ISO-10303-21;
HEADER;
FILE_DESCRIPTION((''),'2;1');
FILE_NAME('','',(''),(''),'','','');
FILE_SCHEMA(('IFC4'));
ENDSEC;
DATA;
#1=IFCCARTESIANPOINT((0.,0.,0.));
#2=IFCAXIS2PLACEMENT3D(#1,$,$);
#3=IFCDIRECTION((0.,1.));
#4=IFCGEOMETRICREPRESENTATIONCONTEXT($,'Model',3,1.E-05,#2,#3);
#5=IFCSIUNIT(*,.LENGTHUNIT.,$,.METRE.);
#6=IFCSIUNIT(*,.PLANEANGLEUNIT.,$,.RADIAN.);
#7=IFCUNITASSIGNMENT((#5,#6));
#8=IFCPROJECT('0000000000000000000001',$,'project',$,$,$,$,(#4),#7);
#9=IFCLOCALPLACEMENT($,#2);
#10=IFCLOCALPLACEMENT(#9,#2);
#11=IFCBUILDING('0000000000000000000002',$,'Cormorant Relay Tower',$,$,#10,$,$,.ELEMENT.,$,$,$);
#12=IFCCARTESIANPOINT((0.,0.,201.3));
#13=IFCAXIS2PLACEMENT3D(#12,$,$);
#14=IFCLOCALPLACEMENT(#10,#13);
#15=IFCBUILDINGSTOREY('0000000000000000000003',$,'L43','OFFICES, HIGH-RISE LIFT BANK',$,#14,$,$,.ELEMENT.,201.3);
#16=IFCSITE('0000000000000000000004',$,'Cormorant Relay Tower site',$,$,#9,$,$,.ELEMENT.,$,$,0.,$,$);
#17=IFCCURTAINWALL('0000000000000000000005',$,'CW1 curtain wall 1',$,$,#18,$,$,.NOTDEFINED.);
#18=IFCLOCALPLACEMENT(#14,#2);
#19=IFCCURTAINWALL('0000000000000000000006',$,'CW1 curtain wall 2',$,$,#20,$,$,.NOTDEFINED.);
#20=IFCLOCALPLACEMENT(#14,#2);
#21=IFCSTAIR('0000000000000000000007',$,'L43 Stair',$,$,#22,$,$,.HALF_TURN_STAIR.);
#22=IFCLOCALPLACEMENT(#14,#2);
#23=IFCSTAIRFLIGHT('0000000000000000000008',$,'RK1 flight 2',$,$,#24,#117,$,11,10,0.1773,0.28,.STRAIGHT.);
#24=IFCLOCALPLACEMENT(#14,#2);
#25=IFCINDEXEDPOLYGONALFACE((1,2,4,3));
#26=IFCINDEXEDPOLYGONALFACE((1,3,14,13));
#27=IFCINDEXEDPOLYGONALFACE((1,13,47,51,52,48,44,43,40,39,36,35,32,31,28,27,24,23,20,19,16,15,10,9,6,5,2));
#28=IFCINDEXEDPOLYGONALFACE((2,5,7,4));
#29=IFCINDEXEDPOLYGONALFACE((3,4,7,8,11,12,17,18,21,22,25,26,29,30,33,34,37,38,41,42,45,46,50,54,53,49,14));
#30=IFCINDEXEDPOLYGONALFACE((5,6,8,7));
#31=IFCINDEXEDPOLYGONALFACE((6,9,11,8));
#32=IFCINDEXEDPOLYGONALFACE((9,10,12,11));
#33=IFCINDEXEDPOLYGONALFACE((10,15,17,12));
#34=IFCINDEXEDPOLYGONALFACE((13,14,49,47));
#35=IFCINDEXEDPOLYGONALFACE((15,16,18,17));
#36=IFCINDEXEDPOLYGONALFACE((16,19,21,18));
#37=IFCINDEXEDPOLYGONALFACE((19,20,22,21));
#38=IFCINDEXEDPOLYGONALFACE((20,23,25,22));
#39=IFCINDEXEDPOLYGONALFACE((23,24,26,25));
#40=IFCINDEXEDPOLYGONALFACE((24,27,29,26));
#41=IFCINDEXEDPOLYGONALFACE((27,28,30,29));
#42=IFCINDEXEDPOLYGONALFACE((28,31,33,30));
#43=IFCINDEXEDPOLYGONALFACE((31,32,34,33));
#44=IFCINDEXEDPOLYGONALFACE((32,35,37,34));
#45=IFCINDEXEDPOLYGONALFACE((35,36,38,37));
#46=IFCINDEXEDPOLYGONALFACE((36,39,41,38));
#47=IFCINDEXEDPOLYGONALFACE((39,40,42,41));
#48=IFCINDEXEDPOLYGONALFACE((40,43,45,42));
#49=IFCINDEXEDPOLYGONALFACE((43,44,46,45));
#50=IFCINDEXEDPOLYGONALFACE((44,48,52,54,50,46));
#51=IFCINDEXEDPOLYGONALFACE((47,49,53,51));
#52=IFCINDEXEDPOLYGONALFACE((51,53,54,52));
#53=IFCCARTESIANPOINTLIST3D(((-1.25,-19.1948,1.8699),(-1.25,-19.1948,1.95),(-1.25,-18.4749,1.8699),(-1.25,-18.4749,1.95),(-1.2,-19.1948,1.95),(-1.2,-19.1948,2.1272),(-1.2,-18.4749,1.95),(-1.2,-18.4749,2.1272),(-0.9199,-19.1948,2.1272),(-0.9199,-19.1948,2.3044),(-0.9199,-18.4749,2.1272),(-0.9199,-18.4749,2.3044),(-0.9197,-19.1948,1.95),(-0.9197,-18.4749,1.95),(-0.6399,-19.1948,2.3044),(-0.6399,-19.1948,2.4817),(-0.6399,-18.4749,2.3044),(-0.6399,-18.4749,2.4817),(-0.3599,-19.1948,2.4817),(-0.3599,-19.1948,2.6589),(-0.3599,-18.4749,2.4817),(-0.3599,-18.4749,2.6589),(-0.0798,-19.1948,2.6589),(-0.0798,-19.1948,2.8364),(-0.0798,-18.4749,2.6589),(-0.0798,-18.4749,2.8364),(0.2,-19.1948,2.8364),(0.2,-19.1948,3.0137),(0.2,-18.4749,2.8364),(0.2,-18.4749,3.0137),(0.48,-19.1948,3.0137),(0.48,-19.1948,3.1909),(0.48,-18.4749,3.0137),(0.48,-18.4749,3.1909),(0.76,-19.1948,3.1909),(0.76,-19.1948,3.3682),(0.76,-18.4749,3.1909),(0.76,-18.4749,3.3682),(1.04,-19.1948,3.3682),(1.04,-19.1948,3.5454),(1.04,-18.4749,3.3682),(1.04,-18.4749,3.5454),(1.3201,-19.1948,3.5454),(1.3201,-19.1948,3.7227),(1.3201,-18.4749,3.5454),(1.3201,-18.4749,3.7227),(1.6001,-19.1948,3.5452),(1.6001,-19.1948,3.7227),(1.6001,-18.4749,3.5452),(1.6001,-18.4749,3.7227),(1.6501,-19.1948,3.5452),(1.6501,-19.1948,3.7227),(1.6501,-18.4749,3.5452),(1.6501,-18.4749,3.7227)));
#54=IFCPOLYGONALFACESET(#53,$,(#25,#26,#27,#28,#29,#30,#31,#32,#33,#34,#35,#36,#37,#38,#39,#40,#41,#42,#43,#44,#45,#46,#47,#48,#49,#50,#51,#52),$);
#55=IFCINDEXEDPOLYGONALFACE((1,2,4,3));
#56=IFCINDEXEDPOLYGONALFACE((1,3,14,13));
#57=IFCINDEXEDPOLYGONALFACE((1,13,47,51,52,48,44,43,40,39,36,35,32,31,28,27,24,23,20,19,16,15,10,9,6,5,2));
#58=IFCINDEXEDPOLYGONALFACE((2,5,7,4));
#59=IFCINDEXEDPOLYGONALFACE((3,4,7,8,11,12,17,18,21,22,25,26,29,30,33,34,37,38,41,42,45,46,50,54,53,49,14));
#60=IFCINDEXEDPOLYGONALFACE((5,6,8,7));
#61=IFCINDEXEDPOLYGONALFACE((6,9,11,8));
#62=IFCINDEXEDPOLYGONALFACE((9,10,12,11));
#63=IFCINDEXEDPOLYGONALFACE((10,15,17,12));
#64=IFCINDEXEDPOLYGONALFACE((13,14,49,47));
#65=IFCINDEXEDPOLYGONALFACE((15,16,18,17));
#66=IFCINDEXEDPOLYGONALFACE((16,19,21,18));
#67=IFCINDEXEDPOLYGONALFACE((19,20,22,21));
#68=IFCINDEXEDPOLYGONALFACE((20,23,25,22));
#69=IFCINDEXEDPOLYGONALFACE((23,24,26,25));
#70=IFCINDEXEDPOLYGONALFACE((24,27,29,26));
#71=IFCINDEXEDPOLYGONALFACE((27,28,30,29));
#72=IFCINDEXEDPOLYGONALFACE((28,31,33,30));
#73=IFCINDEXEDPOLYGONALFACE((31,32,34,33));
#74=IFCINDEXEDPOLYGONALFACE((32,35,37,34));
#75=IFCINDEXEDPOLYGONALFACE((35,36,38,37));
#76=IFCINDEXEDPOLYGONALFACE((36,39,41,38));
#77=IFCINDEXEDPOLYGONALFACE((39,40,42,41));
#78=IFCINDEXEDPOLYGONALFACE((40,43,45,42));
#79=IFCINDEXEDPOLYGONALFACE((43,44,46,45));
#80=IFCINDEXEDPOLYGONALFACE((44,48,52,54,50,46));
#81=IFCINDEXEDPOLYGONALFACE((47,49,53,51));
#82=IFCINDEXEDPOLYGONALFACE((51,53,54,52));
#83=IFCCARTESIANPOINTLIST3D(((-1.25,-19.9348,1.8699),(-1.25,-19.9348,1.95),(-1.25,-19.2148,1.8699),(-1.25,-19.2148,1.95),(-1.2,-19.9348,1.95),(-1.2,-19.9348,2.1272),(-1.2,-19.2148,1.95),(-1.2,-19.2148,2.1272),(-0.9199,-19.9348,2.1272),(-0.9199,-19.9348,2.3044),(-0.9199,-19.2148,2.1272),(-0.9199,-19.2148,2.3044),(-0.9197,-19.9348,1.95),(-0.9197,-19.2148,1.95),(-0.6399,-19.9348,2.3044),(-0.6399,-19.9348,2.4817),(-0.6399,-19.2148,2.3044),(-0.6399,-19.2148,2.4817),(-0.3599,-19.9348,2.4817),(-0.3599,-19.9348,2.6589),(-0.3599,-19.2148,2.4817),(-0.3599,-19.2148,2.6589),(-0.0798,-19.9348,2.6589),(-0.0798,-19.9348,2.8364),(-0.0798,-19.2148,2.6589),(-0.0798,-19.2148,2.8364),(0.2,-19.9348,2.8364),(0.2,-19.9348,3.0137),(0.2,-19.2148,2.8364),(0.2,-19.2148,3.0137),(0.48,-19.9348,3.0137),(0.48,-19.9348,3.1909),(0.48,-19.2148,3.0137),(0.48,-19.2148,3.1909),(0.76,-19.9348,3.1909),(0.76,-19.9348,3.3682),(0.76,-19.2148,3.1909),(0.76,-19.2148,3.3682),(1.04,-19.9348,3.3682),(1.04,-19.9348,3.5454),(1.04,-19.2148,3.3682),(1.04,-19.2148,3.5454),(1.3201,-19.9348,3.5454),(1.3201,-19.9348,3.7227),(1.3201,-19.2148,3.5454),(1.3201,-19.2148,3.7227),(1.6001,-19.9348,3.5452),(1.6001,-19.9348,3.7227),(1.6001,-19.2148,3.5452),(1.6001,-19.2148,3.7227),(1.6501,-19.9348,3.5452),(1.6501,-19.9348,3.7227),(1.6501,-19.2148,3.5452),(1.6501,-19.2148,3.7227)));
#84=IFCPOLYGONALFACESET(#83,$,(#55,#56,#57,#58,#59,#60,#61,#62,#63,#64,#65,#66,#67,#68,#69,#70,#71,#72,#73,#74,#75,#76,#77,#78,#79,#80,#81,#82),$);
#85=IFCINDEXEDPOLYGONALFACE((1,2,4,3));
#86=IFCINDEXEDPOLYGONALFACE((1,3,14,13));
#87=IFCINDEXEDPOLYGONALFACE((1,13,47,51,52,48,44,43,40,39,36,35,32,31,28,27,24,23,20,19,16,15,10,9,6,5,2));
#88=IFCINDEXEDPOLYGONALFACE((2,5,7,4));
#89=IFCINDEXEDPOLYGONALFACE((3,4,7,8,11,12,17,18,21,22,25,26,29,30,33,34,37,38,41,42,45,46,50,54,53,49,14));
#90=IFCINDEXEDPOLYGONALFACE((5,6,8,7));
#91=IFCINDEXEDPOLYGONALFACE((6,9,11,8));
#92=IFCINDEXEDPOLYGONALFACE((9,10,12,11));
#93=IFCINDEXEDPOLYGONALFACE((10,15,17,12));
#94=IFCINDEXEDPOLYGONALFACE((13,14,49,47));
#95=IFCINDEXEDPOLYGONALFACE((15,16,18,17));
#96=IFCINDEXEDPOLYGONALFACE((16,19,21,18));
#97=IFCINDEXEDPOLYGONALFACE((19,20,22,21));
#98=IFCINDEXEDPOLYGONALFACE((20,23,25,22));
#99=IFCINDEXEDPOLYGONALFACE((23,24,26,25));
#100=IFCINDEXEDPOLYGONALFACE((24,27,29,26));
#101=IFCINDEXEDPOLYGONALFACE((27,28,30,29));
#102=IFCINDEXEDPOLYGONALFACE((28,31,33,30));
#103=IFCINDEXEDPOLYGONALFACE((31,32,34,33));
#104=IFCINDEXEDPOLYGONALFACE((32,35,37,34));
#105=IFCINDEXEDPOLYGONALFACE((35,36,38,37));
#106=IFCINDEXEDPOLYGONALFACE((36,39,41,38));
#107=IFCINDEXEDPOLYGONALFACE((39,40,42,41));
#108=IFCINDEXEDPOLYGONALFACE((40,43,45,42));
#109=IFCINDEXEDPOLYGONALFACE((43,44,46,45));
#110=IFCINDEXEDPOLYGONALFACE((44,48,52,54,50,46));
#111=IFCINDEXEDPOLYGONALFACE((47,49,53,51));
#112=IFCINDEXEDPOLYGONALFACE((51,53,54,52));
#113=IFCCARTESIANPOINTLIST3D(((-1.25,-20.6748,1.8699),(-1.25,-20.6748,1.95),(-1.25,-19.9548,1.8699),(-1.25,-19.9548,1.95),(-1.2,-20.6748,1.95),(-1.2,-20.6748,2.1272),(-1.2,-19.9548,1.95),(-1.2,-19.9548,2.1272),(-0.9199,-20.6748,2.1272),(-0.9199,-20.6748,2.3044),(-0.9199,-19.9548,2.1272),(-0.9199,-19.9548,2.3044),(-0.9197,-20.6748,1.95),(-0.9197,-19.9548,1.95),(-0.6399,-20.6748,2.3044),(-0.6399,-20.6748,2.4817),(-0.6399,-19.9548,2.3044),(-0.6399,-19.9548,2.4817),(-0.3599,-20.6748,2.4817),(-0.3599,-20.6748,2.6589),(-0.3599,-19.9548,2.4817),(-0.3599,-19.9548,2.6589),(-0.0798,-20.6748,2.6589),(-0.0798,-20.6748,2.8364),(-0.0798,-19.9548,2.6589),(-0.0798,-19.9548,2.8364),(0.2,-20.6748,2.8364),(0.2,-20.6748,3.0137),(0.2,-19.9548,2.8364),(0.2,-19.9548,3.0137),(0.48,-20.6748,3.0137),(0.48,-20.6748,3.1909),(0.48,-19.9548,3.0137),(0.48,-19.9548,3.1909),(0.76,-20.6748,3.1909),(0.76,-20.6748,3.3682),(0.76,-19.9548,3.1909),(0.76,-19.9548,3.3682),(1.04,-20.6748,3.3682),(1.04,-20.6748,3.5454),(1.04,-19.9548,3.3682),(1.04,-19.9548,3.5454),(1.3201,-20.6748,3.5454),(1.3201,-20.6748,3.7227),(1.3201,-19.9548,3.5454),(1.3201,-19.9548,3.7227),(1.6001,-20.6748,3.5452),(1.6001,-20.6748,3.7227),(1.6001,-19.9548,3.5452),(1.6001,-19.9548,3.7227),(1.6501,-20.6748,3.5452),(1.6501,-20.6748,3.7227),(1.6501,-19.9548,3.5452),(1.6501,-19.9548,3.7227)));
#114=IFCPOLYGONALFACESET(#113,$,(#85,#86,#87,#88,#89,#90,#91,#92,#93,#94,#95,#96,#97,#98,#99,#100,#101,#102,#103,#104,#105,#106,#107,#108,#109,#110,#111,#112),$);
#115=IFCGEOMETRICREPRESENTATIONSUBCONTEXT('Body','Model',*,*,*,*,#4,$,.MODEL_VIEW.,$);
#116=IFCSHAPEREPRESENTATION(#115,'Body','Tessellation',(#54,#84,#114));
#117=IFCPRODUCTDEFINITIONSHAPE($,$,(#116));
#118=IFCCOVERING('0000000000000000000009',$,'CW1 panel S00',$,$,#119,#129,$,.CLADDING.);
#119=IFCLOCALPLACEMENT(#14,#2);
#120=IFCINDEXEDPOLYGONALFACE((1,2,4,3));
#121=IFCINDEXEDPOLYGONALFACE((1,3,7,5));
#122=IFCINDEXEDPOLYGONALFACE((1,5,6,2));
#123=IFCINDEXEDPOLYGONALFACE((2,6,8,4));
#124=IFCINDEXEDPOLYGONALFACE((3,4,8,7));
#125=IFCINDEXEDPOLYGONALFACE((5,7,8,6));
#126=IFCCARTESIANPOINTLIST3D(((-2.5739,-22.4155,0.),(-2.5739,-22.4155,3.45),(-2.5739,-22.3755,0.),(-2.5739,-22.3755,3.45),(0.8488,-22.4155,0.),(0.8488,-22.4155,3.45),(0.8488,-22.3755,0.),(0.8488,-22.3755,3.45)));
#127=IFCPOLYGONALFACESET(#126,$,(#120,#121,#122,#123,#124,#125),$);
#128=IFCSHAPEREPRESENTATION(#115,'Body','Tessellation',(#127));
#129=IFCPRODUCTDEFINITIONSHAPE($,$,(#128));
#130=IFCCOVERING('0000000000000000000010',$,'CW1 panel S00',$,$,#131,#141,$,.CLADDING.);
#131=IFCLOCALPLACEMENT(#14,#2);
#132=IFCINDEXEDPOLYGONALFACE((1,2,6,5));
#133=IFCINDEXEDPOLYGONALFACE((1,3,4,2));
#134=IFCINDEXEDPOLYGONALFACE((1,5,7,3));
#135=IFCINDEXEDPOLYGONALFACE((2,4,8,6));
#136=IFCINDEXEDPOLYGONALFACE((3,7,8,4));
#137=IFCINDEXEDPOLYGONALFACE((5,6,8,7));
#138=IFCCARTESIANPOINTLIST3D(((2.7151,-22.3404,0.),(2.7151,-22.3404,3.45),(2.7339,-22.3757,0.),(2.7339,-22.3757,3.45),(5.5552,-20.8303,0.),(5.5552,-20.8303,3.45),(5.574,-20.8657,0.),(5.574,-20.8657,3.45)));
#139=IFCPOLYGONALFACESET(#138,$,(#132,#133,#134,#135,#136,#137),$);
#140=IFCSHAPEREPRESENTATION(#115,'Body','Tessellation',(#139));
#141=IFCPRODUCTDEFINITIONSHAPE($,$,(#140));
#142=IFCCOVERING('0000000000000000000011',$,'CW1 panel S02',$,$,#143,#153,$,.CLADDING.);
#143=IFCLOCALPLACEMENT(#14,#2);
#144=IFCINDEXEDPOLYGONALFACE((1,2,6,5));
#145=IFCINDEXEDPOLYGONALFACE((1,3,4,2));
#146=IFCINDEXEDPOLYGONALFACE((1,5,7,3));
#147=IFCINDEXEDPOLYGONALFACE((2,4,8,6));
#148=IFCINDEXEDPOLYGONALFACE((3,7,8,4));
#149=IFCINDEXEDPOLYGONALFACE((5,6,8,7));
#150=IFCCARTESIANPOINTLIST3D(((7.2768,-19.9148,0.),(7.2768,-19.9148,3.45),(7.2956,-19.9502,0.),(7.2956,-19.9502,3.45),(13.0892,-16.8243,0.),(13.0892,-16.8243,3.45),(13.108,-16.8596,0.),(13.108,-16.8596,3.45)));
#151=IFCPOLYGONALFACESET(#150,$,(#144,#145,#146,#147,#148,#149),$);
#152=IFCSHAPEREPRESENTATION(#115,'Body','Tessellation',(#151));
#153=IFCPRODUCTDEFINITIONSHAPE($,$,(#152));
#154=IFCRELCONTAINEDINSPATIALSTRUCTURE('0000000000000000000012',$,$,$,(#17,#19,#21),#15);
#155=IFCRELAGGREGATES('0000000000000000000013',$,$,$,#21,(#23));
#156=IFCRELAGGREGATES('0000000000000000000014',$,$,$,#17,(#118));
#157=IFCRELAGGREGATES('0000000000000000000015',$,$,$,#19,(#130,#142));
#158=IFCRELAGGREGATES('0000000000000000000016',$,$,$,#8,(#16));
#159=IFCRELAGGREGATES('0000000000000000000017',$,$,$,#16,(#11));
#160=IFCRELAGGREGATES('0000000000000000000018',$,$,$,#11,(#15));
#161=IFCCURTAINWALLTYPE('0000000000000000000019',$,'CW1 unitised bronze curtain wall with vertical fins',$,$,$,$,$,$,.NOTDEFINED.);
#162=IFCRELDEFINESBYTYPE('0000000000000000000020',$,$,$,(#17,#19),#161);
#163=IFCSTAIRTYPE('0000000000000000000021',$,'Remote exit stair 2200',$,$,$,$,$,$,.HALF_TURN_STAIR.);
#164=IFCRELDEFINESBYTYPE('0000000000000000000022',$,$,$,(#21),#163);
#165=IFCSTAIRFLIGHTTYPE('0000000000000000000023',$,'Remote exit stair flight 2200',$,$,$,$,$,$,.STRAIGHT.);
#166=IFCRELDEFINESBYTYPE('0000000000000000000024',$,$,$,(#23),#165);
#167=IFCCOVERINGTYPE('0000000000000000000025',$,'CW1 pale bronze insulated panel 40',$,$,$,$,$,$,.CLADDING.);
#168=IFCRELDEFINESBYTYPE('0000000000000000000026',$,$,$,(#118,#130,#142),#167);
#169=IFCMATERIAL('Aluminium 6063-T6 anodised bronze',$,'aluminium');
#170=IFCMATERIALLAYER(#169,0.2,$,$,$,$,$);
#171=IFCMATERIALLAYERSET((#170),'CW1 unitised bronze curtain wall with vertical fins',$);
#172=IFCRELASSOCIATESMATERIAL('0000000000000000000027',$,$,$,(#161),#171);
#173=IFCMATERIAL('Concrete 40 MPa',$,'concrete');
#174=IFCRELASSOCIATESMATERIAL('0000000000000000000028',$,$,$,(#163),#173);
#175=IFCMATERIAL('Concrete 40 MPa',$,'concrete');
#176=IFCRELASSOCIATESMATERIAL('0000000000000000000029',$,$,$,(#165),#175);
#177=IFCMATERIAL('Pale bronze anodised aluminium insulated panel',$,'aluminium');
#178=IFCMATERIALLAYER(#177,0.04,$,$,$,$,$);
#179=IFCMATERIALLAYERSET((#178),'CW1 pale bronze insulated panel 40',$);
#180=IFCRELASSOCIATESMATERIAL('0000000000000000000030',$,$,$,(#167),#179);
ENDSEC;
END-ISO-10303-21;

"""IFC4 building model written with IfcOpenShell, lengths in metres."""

from ifc_helpers import new_model, si_unit, direction, frame, origin, origin_2d, place, context, subcontext, project, spatial, polyline, rectangle, outline, extrude, material, layer, layer_set, type_object, element, aggregate, save


model = new_model("IFC4")

# Units and contexts
model_context = context("Model", 3, precision=1e-05, world=origin(), true_north=direction((0.0, 1.0)))
body_context = subcontext(model_context, "Body", "Model", "MODEL_VIEW")
ifc_project = project(units=[si_unit("LENGTHUNIT", "METRE"), si_unit("PLANEANGLEUNIT", "RADIAN")], contexts=[model_context])

# Site, building, storey
site_placement = place(None, origin())
site = spatial("IfcSite", under=ifc_project, at=site_placement, Name="Cormorant Relay Tower site", CompositionType="ELEMENT", RefElevation=0.0)
building_placement = place(site_placement, origin())
building = spatial("IfcBuilding", under=site, at=building_placement, Name="Cormorant Relay Tower", CompositionType="ELEMENT")
storey_placement = place(building_placement, frame((0.0, 0.0, 201.3)))
storey = spatial("IfcBuildingStorey", under=building, at=storey_placement, Name="L43", Description="OFFICES, HIGH-RISE LIFT BANK", CompositionType="ELEMENT", Elevation=201.3)

# Curtain wall
ifc_material_1 = material(Name="Aluminium 6063-T6 anodised bronze", Category="aluminium")
ifc_layer_1 = layer(ifc_material_1, 0.2)
ifc_layer_set_1 = layer_set([ifc_layer_1], Name="CW1 unitised bronze curtain wall with vertical fins")
curtain_wall_type = type_object("IfcCurtainWallType", Name="CW1 unitised bronze curtain wall with vertical fins", PredefinedType="NOTDEFINED", material=ifc_layer_set_1)
curtain_wall_1_placement = place(storey_placement, origin())
curtain_wall_1 = element("IfcCurtainWall", 1, at=curtain_wall_1_placement, inside=storey, type_object=curtain_wall_type, Name="CW1 curtain wall 1", PredefinedType="NOTDEFINED")

# Curtain wall
curtain_wall_2_placement = place(storey_placement, origin())
curtain_wall_2 = element("IfcCurtainWall", 2, at=curtain_wall_2_placement, inside=storey, type_object=curtain_wall_type, Name="CW1 curtain wall 2", PredefinedType="NOTDEFINED")

# Stair, stair flight
ifc_material_2 = material(Name="Concrete 40 MPa", Category="concrete")
stair_type = type_object("IfcStairType", Name="Remote exit stair 2200", PredefinedType="HALF_TURN_STAIR", material=ifc_material_2)
stair_placement = place(storey_placement, origin())
stair = element("IfcStair", 3, at=stair_placement, inside=storey, type_object=stair_type, Name="L43 Stair", PredefinedType="HALF_TURN_STAIR")
ifc_material_3 = material(Name="Concrete 40 MPa", Category="concrete")
stair_flight_type = type_object("IfcStairFlightType", Name="Remote exit stair flight 2200", PredefinedType="STRAIGHT", material=ifc_material_3)
stair_flight_1_placement = place(storey_placement, frame((-1.2, -19.575, 1.95), z_axis=(0.0, 0.0, 1.0), x_axis=(1.0, 0.0, 0.0)))
stair_flight_1 = element("IfcStairFlight", 4, at=stair_flight_1_placement, type_object=stair_flight_type, Name="RK1 flight 2", NumberOfRisers=11, NumberOfTreads=10, PredefinedType="STRAIGHT", RiserHeight=0.1773, TreadLength=0.28, context=body_context, shape_type="SweptSolid", body=[
    extrude(outline(polyline([(-0.05, -0.0801), (-0.05, 0.0), (0.0, 0.0), (0.0, 0.1772), (0.28, 0.1772), (0.28, 0.3545), (0.5601, 0.3545), (0.5601, 0.5317), (0.8401, 0.5317), (0.8401, 0.709), (1.1201, 0.709), (1.1201, 0.8865), (1.3999, 0.8865), (1.3999, 1.0637), (1.6799, 1.0637), (1.6799, 1.241), (1.96, 1.241), (1.96, 1.4182), (2.24, 1.4182), (2.24, 1.5955), (2.52, 1.5955), (2.52, 1.7727), (2.8, 1.7727), (2.8501, 1.7727), (2.8501, 1.5952), (2.8, 1.5952), (0.2803, 0.0), (-0.05, -0.0801)])), frame((0.0, 1.1001, 0.0), z_axis=(0.0, -1.0, 0.0), x_axis=(1.0, 0.0, 0.0)), (0.0, 0.0, 1.0), 0.72),
    extrude(outline(polyline([(-0.05, -0.0801), (-0.05, 0.0), (0.0, 0.0), (0.0, 0.1772), (0.28, 0.1772), (0.28, 0.3545), (0.5601, 0.3545), (0.5601, 0.5317), (0.8401, 0.5317), (0.8401, 0.709), (1.1201, 0.709), (1.1201, 0.8865), (1.3999, 0.8865), (1.3999, 1.0637), (1.6799, 1.0637), (1.6799, 1.241), (1.96, 1.241), (1.96, 1.4182), (2.24, 1.4182), (2.24, 1.5955), (2.52, 1.5955), (2.52, 1.7727), (2.8, 1.7727), (2.8501, 1.7727), (2.8501, 1.5952), (2.8, 1.5952), (0.2803, 0.0), (-0.05, -0.0801)])), frame((0.0, 0.3601, 0.0), z_axis=(0.0, -1.0, 0.0), x_axis=(1.0, 0.0, 0.0)), (0.0, 0.0, 1.0), 0.72),
    extrude(outline(polyline([(-0.05, -0.0801), (-0.05, 0.0), (0.0, 0.0), (0.0, 0.1772), (0.28, 0.1772), (0.28, 0.3545), (0.5601, 0.3545), (0.5601, 0.5317), (0.8401, 0.5317), (0.8401, 0.709), (1.1201, 0.709), (1.1201, 0.8865), (1.3999, 0.8865), (1.3999, 1.0637), (1.6799, 1.0637), (1.6799, 1.241), (1.96, 1.241), (1.96, 1.4182), (2.24, 1.4182), (2.24, 1.5955), (2.52, 1.5955), (2.52, 1.7727), (2.8, 1.7727), (2.8501, 1.7727), (2.8501, 1.5952), (2.8, 1.5952), (0.2803, 0.0), (-0.05, -0.0801)])), frame((0.0, -0.3799, 0.0), z_axis=(0.0, -1.0, 0.0), x_axis=(1.0, 0.0, 0.0)), (0.0, 0.0, 1.0), 0.72),
])
aggregate(stair, [stair_flight_1])

# Coverings
ifc_material_4 = material(Name="Pale bronze anodised aluminium insulated panel", Category="aluminium")
ifc_layer_2 = layer(ifc_material_4, 0.04)
ifc_layer_set_2 = layer_set([ifc_layer_2], Name="CW1 pale bronze insulated panel 40")
covering_type = type_object("IfcCoveringType", Name="CW1 pale bronze insulated panel 40", PredefinedType="CLADDING", material=ifc_layer_set_2)
covering_1_placement = place(storey_placement, frame((-0.8625, -22.3955, 0.0), z_axis=(0.0, 0.0, 1.0), x_axis=(1.0, 0.0, 0.0)))
covering_1 = element("IfcCovering", 5, at=covering_1_placement, type_object=covering_type, Name="CW1 panel S00", PredefinedType="CLADDING", context=body_context, shape_type="SweptSolid", body=[
    extrude(rectangle(XDim=3.4226, YDim=0.04, at=origin_2d()), origin(), (0.0, 0.0, 1.0), 3.45),
])
aggregate(curtain_wall_1, [covering_1])
covering_2_placement = place(storey_placement, frame((4.1445, -21.603, 0.0), z_axis=(0.0, 0.0, 1.0), x_axis=(0.882948, 0.469472, 0.0)))
covering_2 = element("IfcCovering", 6, at=covering_2_placement, type_object=covering_type, Name="CW1 panel S00", PredefinedType="CLADDING", context=body_context, shape_type="SweptSolid", body=[
    extrude(rectangle(XDim=3.2166, YDim=0.04, at=origin_2d()), origin(), (0.0, 0.0, 1.0), 3.45),
])
covering_3_placement = place(storey_placement, frame((10.1924, -18.3872, 0.0), z_axis=(0.0, 0.0, 1.0), x_axis=(0.882948, 0.469472, 0.0)))
covering_3 = element("IfcCovering", 7, at=covering_3_placement, type_object=covering_type, Name="CW1 panel S02", PredefinedType="CLADDING", context=body_context, shape_type="SweptSolid", body=[
    extrude(rectangle(XDim=6.583, YDim=0.04, at=origin_2d()), origin(), (0.0, 0.0, 1.0), 3.45),
])
aggregate(curtain_wall_2, [covering_2, covering_3])

save(model, "model.ifc")
